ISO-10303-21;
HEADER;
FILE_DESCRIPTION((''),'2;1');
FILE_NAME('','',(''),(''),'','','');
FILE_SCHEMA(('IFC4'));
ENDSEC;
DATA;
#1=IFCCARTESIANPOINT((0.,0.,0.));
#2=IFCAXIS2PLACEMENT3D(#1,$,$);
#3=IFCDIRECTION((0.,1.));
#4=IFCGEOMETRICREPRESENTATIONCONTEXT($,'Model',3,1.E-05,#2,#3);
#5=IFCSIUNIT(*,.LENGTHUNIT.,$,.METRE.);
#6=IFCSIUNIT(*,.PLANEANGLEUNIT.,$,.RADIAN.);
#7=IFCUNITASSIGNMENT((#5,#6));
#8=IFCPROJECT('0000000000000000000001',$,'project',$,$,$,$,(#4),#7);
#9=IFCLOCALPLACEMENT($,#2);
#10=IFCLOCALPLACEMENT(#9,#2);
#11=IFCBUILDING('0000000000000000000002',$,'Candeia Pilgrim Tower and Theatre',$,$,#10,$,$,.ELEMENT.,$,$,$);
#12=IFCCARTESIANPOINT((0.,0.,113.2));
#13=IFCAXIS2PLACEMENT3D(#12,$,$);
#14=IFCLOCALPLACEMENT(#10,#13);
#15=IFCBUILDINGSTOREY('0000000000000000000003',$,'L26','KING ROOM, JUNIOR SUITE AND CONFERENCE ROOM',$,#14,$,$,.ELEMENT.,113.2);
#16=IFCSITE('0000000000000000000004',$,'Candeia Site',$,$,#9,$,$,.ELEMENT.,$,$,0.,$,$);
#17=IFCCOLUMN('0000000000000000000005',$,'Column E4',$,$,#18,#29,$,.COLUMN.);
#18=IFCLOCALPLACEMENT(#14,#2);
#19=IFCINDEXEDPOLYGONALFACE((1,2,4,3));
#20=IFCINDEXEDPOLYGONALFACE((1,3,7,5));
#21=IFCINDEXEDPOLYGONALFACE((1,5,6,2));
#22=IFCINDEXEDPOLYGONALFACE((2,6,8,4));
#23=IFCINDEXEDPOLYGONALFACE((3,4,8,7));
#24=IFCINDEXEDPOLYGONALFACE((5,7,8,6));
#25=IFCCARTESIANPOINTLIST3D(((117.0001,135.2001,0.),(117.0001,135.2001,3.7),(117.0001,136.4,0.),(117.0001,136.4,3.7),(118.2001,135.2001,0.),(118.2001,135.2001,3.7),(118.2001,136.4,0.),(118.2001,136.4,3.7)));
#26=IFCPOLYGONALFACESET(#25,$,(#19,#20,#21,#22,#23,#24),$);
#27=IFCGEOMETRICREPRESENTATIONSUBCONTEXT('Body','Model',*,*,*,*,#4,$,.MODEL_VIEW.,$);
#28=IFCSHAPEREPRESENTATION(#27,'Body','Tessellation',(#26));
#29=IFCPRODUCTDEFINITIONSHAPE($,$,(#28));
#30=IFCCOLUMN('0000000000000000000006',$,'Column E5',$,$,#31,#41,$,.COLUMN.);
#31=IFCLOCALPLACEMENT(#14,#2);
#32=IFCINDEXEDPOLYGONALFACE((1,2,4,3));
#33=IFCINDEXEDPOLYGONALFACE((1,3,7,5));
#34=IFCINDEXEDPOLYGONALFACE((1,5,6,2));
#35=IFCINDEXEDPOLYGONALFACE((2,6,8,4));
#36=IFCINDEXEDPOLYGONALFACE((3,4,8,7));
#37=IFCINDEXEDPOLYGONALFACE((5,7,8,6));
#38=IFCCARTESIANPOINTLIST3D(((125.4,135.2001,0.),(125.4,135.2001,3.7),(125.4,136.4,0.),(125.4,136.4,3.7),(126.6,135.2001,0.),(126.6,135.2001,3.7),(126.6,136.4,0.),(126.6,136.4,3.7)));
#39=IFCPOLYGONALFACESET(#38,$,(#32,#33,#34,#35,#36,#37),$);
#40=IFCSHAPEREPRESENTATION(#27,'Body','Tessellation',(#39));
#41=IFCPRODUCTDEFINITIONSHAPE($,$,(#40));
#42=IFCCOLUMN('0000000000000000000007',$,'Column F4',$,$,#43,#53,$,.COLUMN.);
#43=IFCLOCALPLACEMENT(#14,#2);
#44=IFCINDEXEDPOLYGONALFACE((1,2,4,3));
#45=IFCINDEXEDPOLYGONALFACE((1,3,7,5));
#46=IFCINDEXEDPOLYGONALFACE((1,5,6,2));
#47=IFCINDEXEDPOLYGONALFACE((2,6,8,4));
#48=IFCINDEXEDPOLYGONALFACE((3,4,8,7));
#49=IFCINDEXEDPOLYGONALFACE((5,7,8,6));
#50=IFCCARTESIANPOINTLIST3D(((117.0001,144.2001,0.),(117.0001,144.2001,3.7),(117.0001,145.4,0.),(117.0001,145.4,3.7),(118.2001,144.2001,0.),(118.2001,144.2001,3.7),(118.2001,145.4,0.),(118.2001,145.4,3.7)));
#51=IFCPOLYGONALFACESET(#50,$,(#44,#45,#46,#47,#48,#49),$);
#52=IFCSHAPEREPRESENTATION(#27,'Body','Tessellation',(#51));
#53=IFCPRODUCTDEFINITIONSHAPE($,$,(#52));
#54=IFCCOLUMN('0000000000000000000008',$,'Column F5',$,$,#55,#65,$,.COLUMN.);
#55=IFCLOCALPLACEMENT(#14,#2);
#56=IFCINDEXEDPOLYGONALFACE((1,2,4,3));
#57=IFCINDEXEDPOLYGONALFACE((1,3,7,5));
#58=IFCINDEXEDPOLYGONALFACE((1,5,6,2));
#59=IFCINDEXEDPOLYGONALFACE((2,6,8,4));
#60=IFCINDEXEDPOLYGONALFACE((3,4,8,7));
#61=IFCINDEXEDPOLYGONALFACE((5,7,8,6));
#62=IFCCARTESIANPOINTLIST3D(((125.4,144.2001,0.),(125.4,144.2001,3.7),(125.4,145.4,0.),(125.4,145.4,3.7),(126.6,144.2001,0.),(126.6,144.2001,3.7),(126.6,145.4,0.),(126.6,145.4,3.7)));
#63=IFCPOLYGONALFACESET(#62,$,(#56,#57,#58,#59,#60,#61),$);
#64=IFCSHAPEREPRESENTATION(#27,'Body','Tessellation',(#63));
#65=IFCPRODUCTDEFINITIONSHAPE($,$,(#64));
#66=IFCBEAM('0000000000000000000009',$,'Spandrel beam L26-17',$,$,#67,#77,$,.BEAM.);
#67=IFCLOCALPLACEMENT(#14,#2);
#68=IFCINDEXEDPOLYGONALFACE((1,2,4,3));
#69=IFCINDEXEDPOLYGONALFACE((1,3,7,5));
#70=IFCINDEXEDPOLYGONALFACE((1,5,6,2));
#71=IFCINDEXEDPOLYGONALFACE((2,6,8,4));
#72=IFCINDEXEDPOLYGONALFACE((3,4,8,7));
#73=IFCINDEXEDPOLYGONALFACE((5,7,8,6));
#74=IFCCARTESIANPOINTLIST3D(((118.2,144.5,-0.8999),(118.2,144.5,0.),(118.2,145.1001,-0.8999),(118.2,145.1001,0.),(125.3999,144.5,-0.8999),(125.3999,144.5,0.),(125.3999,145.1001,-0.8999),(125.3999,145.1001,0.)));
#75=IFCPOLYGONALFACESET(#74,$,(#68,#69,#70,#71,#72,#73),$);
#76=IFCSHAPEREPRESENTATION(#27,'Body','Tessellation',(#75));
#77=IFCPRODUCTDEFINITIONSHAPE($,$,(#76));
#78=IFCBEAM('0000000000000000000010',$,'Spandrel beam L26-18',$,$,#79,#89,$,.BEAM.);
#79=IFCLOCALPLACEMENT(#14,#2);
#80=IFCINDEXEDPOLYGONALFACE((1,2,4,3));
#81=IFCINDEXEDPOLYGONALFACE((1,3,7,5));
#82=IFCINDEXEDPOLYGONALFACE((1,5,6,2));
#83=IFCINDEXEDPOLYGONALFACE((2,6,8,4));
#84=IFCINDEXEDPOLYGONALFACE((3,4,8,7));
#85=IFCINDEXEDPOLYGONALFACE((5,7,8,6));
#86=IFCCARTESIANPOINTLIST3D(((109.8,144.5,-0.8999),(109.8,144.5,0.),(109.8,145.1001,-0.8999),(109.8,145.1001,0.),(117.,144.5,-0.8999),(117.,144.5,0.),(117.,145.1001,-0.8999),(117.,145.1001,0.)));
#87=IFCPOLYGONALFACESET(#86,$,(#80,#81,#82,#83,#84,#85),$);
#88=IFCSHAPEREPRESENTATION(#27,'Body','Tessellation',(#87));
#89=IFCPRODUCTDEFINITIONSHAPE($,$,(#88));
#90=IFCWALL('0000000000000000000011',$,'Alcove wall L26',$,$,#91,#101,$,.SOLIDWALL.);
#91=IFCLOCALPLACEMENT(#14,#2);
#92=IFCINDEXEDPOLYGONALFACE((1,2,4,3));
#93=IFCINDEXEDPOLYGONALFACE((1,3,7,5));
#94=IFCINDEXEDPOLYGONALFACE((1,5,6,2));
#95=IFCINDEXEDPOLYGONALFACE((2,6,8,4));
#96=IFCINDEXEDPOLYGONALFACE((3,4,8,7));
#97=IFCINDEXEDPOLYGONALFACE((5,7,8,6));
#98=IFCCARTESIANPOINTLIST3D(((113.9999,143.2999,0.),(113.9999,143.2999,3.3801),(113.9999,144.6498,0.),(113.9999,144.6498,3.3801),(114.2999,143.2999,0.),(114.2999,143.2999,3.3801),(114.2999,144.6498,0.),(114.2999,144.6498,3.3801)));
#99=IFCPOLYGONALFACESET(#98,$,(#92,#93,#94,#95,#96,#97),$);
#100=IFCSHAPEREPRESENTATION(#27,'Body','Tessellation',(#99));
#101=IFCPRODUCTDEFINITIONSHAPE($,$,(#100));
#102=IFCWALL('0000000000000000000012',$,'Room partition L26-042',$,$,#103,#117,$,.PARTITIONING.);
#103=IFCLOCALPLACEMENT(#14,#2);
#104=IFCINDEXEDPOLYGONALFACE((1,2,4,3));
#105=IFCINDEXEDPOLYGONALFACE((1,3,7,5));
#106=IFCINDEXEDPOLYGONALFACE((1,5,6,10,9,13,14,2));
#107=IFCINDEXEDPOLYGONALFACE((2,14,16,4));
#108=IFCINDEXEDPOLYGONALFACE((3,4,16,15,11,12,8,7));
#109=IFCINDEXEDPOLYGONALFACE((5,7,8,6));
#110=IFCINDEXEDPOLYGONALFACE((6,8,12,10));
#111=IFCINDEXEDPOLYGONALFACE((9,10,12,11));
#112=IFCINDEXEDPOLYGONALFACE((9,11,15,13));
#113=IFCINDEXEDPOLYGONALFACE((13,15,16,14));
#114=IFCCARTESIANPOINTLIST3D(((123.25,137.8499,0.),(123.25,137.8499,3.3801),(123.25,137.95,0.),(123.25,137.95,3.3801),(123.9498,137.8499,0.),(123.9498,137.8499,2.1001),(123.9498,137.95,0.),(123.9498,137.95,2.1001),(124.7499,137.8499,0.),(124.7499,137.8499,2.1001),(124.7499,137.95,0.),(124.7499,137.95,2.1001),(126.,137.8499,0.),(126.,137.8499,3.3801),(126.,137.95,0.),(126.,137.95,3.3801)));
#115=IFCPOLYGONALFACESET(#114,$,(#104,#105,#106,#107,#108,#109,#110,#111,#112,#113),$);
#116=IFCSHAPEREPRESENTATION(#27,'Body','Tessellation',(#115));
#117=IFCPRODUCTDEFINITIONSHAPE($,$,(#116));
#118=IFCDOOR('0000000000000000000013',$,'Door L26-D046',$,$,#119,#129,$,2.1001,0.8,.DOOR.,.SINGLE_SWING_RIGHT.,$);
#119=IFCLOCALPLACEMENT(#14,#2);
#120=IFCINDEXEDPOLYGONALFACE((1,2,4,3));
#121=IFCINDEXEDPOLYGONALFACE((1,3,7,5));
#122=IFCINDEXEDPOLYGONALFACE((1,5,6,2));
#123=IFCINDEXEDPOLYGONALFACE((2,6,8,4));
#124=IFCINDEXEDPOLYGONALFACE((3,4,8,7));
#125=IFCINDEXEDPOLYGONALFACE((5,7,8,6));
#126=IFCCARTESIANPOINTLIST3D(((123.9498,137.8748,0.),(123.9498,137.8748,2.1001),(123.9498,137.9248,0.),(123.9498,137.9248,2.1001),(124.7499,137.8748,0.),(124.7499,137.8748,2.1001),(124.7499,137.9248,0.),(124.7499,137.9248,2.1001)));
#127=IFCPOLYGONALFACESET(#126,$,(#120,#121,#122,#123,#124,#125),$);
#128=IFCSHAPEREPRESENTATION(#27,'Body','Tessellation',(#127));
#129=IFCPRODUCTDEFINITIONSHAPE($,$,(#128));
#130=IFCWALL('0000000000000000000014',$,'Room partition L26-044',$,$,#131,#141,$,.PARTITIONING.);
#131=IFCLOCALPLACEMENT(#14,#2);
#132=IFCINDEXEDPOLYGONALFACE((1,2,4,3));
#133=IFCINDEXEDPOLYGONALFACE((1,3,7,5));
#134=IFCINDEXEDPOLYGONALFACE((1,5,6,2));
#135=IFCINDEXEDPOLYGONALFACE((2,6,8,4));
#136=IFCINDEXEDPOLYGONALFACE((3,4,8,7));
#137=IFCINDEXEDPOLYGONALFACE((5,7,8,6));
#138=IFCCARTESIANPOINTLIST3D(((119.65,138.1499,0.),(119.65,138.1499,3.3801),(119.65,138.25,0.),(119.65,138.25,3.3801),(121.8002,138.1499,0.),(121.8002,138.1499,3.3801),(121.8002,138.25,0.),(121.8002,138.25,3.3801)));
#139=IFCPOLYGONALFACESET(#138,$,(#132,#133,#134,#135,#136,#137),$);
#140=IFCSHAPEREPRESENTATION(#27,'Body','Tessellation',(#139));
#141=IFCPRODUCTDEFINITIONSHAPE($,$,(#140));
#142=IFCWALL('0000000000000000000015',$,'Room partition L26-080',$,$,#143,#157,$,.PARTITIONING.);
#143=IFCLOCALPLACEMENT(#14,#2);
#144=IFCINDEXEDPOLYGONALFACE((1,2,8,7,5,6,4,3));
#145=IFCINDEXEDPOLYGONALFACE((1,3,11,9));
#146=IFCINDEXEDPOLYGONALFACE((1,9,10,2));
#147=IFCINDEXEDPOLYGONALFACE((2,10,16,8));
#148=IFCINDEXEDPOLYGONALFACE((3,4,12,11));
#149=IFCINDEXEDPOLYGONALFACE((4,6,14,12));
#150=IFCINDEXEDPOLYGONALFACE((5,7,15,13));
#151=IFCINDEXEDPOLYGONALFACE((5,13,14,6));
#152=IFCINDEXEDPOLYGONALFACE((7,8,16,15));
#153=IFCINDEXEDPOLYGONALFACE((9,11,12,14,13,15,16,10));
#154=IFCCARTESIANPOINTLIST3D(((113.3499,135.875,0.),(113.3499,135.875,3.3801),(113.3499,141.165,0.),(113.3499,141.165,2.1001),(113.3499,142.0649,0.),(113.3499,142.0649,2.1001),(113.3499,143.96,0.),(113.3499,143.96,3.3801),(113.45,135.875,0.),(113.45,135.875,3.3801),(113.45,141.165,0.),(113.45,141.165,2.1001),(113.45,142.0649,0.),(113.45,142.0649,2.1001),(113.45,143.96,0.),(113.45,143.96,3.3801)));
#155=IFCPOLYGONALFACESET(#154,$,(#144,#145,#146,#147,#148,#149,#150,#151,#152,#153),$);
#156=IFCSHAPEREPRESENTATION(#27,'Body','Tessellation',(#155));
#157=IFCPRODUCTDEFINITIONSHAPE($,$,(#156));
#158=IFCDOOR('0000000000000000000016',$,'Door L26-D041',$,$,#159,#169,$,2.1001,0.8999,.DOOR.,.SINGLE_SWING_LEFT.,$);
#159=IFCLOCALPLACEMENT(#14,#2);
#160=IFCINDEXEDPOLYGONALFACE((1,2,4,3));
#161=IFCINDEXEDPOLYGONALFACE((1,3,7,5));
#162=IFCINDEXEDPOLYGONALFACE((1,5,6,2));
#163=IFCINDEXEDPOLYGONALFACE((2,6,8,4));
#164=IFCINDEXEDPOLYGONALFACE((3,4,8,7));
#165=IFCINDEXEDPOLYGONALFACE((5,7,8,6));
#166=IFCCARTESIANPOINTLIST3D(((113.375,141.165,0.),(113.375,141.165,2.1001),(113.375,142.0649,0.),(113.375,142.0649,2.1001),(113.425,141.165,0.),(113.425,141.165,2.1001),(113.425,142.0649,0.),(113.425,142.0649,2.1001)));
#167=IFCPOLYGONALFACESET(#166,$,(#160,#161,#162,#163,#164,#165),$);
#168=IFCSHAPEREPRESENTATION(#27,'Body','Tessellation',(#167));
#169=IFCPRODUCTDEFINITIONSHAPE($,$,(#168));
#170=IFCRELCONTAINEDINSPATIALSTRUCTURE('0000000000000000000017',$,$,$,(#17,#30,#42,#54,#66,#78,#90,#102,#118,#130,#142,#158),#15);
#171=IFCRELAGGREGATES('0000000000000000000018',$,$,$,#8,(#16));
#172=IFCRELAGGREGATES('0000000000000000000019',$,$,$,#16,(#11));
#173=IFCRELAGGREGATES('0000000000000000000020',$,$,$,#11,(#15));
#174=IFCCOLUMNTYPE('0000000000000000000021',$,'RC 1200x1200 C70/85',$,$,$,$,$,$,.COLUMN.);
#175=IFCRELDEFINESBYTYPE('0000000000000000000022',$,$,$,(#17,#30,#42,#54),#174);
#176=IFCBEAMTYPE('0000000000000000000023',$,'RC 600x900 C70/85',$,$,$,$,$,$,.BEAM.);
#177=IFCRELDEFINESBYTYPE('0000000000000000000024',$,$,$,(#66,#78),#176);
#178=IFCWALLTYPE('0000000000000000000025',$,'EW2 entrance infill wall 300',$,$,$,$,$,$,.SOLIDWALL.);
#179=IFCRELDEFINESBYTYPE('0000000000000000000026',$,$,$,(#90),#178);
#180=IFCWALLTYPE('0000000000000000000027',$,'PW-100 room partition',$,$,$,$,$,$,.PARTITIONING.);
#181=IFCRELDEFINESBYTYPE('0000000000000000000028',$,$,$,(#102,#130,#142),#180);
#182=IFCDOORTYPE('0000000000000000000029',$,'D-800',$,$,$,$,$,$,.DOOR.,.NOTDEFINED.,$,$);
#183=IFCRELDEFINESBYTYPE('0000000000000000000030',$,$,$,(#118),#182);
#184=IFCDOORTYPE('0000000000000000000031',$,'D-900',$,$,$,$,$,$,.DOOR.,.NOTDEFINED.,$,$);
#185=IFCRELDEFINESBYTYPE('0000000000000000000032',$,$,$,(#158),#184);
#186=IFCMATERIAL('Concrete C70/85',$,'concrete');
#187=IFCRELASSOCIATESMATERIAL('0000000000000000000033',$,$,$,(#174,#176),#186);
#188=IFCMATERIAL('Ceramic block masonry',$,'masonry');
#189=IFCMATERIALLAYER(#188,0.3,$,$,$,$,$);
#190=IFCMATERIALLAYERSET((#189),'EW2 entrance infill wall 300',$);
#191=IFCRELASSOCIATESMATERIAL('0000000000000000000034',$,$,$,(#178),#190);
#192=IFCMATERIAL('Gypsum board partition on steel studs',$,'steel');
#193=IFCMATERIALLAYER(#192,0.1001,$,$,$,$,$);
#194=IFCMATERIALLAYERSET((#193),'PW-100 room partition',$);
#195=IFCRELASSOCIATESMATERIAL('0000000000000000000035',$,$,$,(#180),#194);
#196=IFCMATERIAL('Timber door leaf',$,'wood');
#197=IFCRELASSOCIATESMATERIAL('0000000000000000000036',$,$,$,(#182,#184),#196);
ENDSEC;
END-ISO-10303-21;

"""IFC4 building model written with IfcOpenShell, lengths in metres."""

from ifc_helpers import new_model, si_unit, direction, frame, frame_2d, origin, origin_2d, place, context, subcontext, project, spatial, rectangle, extrude, material, layer, layer_set, material_profile, profile_set, type_object, element, fill, save


model = new_model("IFC4")

# Units and contexts
model_context = context("Model", 3, precision=1e-05, world=origin(), true_north=direction((0.0, 1.0)))
body_context = subcontext(model_context, "Body", "Model", "MODEL_VIEW")
ifc_project = project(units=[si_unit("LENGTHUNIT", "METRE"), si_unit("PLANEANGLEUNIT", "RADIAN")], contexts=[model_context])

# Site, building, storey
site_placement = place(None, origin())
site = spatial("IfcSite", under=ifc_project, at=site_placement, Name="Candeia Site", CompositionType="ELEMENT", RefElevation=0.0)
building_placement = place(site_placement, origin())
building = spatial("IfcBuilding", under=site, at=building_placement, Name="Candeia Pilgrim Tower and Theatre", CompositionType="ELEMENT")
storey_placement = place(building_placement, frame((0.0, 0.0, 113.2)))
storey = spatial("IfcBuildingStorey", under=building, at=storey_placement, Name="L26", Description="KING ROOM, JUNIOR SUITE AND CONFERENCE ROOM", CompositionType="ELEMENT", Elevation=113.2)

# Columns
ifc_material_1 = material(Name="Concrete C70/85", Category="concrete")
ifc_material_profile_1 = material_profile(ifc_material_1, rectangle(XDim=1.2, YDim=1.2, at=origin_2d()))
ifc_profile_set_1 = profile_set([ifc_material_profile_1], Name="Concrete C70/85")
column_type = type_object("IfcColumnType", Name="RC 1200x1200 C70/85", PredefinedType="COLUMN", material=ifc_profile_set_1)
for number, where, z_axis, x_axis, name in (
    (1, (117.6001, 135.8, 0.0), (0.0, 0.0, 1.0), (1.0, 0.0, 0.0), "Column E4"),
    (2, (126.0, 135.8, 0.0), (0.0, 0.0, 1.0), (1.0, 0.0, 0.0), "Column E5"),
    (3, (117.6001, 144.8, 0.0), (0.0, 0.0, 1.0), (1.0, 0.0, 0.0), "Column F4"),
    (4, (126.0, 144.8, 0.0), (0.0, 0.0, 1.0), (1.0, 0.0, 0.0), "Column F5"),
):
    element("IfcColumn", number, at=place(storey_placement, frame(where, z_axis=z_axis, x_axis=x_axis)), inside=storey, type_object=column_type, Name=name, PredefinedType="COLUMN", context=body_context, shape_type="SweptSolid", body=[
        extrude(rectangle(XDim=1.2, YDim=1.2, at=origin_2d()), origin(), (0.0, 0.0, 1.0), 3.7),
    ])

# Beams
ifc_material_profile_2 = material_profile(ifc_material_1, rectangle(XDim=0.6001, YDim=0.8999, at=origin_2d()))
ifc_profile_set_2 = profile_set([ifc_material_profile_2], Name="Concrete C70/85")
beam_type = type_object("IfcBeamType", Name="RC 600x900 C70/85", PredefinedType="BEAM", material=ifc_profile_set_2)
for number, where, z_axis, x_axis, name in (
    (5, (125.3999, 144.8, -0.45), (-1.0, 0.0, 0.0), (0.0, -1.0, 0.0), "Spandrel beam L26-17"),
    (6, (117.0, 144.8, -0.45), (-1.0, 0.0, 0.0), (0.0, -1.0, 0.0), "Spandrel beam L26-18"),
):
    element("IfcBeam", number, at=place(storey_placement, frame(where, z_axis=z_axis, x_axis=x_axis)), inside=storey, type_object=beam_type, Name=name, PredefinedType="BEAM", context=body_context, shape_type="SweptSolid", body=[
        extrude(rectangle(XDim=0.6001, YDim=0.8999, at=origin_2d()), origin(), (0.0, 0.0, 1.0), 7.2),
    ])

# Wall
ifc_material_2 = material(Name="Ceramic block masonry", Category="masonry")
ifc_layer_1 = layer(ifc_material_2, 0.3)
ifc_layer_set_1 = layer_set([ifc_layer_1], Name="EW2 entrance infill wall 300")
wall_type_1 = type_object("IfcWallType", Name="EW2 entrance infill wall 300", PredefinedType="SOLIDWALL", material=ifc_layer_set_1)
wall_1_placement = place(storey_placement, frame((114.1499, 143.3, 0.0), z_axis=(0.0, 0.0, 1.0), x_axis=(0.0, 1.0, 0.0)))
element("IfcWall", 7, at=wall_1_placement, inside=storey, type_object=wall_type_1, Name="Alcove wall L26", PredefinedType="SOLIDWALL", context=body_context, shape_type="SweptSolid", body=[
    extrude(rectangle(XDim=1.3499, YDim=0.3, at=frame_2d((0.6748, 0.0))), origin(), (0.0, 0.0, 1.0), 3.3801),
])

# Wall, opening, door
ifc_material_3 = material(Name="Gypsum board partition on steel studs", Category="steel")
ifc_layer_2 = layer(ifc_material_3, 0.1001)
ifc_layer_set_2 = layer_set([ifc_layer_2], Name="PW-100 room partition")
wall_type_2 = type_object("IfcWallType", Name="PW-100 room partition", PredefinedType="PARTITIONING", material=ifc_layer_set_2)
wall_2_placement = place(storey_placement, frame((123.25, 137.8999, 0.0), z_axis=(0.0, 0.0, 1.0), x_axis=(1.0, 0.0, 0.0)))
wall_2 = element("IfcWall", 8, at=wall_2_placement, inside=storey, type_object=wall_type_2, Name="Room partition L26-042", PredefinedType="PARTITIONING", context=body_context, shape_type="SweptSolid", body=[
    extrude(rectangle(XDim=2.75, YDim=0.1001, at=frame_2d((1.375, 0.0))), origin(), (0.0, 0.0, 1.0), 3.3801),
])
opening_1_placement = place(wall_2_placement, frame((0.7, 0.0, 0.0)))
opening_1 = element("IfcOpeningElement", 9, at=opening_1_placement, cuts=wall_2, PredefinedType="OPENING", context=body_context, shape_type="SweptSolid", body=[
    extrude(rectangle(XDim=0.8, YDim=2.1001, at=frame_2d((0.3999, 1.05))), frame((0.0, 0.0601, 0.0), z_axis=(0.0, -1.0, 0.0), x_axis=(1.0, 0.0, 0.0)), (0.0, 0.0, 1.0), 0.1201),
])
ifc_material_4 = material(Name="Timber door leaf", Category="wood")
door_type_1 = type_object("IfcDoorType", Name="D-800", OperationType="NOTDEFINED", PredefinedType="DOOR", material=ifc_material_4)
door_1_placement = place(opening_1_placement, origin())
door_1 = element("IfcDoor", 10, at=door_1_placement, inside=storey, type_object=door_type_1, Name="Door L26-D046", OperationType="SINGLE_SWING_RIGHT", OverallHeight=2.1001, OverallWidth=0.8, PredefinedType="DOOR", context=body_context, shape_type="SweptSolid", body=[
    extrude(rectangle(XDim=0.8, YDim=2.1001, at=frame_2d((0.3999, 1.05))), frame((0.0, 0.0249, 0.0), z_axis=(0.0, -1.0, 0.0), x_axis=(1.0, 0.0, 0.0)), (0.0, 0.0, 1.0), 0.05),
])
fill(opening_1, door_1)

# Wall
wall_3_placement = place(storey_placement, frame((119.6499, 138.2, 0.0), z_axis=(0.0, 0.0, 1.0), x_axis=(1.0, 0.0, 0.0)))
element("IfcWall", 11, at=wall_3_placement, inside=storey, type_object=wall_type_2, Name="Room partition L26-044", PredefinedType="PARTITIONING", context=body_context, shape_type="SweptSolid", body=[
    extrude(rectangle(XDim=2.1501, YDim=0.1001, at=frame_2d((1.0752, 0.0))), origin(), (0.0, 0.0, 1.0), 3.3801),
])

# Wall, opening, door
wall_4_placement = place(storey_placement, frame((113.3999, 135.875, 0.0), z_axis=(0.0, 0.0, 1.0), x_axis=(0.0, 1.0, 0.0)))
wall_4 = element("IfcWall", 12, at=wall_4_placement, inside=storey, type_object=wall_type_2, Name="Room partition L26-080", PredefinedType="PARTITIONING", context=body_context, shape_type="SweptSolid", body=[
    extrude(rectangle(XDim=8.085, YDim=0.1001, at=frame_2d((4.0425, 0.0))), origin(), (0.0, 0.0, 1.0), 3.3801),
])
opening_2_placement = place(wall_4_placement, frame((5.29, 0.0, 0.0)))
opening_2 = element("IfcOpeningElement", 13, at=opening_2_placement, cuts=wall_4, PredefinedType="OPENING", context=body_context, shape_type="SweptSolid", body=[
    extrude(rectangle(XDim=0.8999, YDim=2.1001, at=frame_2d((0.45, 1.05))), frame((0.0, 0.0601, 0.0), z_axis=(0.0, -1.0, 0.0), x_axis=(1.0, 0.0, 0.0)), (0.0, 0.0, 1.0), 0.1201),
])
door_type_2 = type_object("IfcDoorType", Name="D-900", OperationType="NOTDEFINED", PredefinedType="DOOR", material=ifc_material_4)
door_2_placement = place(opening_2_placement, origin())
door_2 = element("IfcDoor", 14, at=door_2_placement, inside=storey, type_object=door_type_2, Name="Door L26-D041", OperationType="SINGLE_SWING_LEFT", OverallHeight=2.1001, OverallWidth=0.8999, PredefinedType="DOOR", context=body_context, shape_type="SweptSolid", body=[
    extrude(rectangle(XDim=0.8999, YDim=2.1001, at=frame_2d((0.45, 1.05))), frame((0.0, 0.0249, 0.0), z_axis=(0.0, -1.0, 0.0), x_axis=(1.0, 0.0, 0.0)), (0.0, 0.0, 1.0), 0.05),
])
fill(opening_2, door_2)

save(model, "model.ifc")
